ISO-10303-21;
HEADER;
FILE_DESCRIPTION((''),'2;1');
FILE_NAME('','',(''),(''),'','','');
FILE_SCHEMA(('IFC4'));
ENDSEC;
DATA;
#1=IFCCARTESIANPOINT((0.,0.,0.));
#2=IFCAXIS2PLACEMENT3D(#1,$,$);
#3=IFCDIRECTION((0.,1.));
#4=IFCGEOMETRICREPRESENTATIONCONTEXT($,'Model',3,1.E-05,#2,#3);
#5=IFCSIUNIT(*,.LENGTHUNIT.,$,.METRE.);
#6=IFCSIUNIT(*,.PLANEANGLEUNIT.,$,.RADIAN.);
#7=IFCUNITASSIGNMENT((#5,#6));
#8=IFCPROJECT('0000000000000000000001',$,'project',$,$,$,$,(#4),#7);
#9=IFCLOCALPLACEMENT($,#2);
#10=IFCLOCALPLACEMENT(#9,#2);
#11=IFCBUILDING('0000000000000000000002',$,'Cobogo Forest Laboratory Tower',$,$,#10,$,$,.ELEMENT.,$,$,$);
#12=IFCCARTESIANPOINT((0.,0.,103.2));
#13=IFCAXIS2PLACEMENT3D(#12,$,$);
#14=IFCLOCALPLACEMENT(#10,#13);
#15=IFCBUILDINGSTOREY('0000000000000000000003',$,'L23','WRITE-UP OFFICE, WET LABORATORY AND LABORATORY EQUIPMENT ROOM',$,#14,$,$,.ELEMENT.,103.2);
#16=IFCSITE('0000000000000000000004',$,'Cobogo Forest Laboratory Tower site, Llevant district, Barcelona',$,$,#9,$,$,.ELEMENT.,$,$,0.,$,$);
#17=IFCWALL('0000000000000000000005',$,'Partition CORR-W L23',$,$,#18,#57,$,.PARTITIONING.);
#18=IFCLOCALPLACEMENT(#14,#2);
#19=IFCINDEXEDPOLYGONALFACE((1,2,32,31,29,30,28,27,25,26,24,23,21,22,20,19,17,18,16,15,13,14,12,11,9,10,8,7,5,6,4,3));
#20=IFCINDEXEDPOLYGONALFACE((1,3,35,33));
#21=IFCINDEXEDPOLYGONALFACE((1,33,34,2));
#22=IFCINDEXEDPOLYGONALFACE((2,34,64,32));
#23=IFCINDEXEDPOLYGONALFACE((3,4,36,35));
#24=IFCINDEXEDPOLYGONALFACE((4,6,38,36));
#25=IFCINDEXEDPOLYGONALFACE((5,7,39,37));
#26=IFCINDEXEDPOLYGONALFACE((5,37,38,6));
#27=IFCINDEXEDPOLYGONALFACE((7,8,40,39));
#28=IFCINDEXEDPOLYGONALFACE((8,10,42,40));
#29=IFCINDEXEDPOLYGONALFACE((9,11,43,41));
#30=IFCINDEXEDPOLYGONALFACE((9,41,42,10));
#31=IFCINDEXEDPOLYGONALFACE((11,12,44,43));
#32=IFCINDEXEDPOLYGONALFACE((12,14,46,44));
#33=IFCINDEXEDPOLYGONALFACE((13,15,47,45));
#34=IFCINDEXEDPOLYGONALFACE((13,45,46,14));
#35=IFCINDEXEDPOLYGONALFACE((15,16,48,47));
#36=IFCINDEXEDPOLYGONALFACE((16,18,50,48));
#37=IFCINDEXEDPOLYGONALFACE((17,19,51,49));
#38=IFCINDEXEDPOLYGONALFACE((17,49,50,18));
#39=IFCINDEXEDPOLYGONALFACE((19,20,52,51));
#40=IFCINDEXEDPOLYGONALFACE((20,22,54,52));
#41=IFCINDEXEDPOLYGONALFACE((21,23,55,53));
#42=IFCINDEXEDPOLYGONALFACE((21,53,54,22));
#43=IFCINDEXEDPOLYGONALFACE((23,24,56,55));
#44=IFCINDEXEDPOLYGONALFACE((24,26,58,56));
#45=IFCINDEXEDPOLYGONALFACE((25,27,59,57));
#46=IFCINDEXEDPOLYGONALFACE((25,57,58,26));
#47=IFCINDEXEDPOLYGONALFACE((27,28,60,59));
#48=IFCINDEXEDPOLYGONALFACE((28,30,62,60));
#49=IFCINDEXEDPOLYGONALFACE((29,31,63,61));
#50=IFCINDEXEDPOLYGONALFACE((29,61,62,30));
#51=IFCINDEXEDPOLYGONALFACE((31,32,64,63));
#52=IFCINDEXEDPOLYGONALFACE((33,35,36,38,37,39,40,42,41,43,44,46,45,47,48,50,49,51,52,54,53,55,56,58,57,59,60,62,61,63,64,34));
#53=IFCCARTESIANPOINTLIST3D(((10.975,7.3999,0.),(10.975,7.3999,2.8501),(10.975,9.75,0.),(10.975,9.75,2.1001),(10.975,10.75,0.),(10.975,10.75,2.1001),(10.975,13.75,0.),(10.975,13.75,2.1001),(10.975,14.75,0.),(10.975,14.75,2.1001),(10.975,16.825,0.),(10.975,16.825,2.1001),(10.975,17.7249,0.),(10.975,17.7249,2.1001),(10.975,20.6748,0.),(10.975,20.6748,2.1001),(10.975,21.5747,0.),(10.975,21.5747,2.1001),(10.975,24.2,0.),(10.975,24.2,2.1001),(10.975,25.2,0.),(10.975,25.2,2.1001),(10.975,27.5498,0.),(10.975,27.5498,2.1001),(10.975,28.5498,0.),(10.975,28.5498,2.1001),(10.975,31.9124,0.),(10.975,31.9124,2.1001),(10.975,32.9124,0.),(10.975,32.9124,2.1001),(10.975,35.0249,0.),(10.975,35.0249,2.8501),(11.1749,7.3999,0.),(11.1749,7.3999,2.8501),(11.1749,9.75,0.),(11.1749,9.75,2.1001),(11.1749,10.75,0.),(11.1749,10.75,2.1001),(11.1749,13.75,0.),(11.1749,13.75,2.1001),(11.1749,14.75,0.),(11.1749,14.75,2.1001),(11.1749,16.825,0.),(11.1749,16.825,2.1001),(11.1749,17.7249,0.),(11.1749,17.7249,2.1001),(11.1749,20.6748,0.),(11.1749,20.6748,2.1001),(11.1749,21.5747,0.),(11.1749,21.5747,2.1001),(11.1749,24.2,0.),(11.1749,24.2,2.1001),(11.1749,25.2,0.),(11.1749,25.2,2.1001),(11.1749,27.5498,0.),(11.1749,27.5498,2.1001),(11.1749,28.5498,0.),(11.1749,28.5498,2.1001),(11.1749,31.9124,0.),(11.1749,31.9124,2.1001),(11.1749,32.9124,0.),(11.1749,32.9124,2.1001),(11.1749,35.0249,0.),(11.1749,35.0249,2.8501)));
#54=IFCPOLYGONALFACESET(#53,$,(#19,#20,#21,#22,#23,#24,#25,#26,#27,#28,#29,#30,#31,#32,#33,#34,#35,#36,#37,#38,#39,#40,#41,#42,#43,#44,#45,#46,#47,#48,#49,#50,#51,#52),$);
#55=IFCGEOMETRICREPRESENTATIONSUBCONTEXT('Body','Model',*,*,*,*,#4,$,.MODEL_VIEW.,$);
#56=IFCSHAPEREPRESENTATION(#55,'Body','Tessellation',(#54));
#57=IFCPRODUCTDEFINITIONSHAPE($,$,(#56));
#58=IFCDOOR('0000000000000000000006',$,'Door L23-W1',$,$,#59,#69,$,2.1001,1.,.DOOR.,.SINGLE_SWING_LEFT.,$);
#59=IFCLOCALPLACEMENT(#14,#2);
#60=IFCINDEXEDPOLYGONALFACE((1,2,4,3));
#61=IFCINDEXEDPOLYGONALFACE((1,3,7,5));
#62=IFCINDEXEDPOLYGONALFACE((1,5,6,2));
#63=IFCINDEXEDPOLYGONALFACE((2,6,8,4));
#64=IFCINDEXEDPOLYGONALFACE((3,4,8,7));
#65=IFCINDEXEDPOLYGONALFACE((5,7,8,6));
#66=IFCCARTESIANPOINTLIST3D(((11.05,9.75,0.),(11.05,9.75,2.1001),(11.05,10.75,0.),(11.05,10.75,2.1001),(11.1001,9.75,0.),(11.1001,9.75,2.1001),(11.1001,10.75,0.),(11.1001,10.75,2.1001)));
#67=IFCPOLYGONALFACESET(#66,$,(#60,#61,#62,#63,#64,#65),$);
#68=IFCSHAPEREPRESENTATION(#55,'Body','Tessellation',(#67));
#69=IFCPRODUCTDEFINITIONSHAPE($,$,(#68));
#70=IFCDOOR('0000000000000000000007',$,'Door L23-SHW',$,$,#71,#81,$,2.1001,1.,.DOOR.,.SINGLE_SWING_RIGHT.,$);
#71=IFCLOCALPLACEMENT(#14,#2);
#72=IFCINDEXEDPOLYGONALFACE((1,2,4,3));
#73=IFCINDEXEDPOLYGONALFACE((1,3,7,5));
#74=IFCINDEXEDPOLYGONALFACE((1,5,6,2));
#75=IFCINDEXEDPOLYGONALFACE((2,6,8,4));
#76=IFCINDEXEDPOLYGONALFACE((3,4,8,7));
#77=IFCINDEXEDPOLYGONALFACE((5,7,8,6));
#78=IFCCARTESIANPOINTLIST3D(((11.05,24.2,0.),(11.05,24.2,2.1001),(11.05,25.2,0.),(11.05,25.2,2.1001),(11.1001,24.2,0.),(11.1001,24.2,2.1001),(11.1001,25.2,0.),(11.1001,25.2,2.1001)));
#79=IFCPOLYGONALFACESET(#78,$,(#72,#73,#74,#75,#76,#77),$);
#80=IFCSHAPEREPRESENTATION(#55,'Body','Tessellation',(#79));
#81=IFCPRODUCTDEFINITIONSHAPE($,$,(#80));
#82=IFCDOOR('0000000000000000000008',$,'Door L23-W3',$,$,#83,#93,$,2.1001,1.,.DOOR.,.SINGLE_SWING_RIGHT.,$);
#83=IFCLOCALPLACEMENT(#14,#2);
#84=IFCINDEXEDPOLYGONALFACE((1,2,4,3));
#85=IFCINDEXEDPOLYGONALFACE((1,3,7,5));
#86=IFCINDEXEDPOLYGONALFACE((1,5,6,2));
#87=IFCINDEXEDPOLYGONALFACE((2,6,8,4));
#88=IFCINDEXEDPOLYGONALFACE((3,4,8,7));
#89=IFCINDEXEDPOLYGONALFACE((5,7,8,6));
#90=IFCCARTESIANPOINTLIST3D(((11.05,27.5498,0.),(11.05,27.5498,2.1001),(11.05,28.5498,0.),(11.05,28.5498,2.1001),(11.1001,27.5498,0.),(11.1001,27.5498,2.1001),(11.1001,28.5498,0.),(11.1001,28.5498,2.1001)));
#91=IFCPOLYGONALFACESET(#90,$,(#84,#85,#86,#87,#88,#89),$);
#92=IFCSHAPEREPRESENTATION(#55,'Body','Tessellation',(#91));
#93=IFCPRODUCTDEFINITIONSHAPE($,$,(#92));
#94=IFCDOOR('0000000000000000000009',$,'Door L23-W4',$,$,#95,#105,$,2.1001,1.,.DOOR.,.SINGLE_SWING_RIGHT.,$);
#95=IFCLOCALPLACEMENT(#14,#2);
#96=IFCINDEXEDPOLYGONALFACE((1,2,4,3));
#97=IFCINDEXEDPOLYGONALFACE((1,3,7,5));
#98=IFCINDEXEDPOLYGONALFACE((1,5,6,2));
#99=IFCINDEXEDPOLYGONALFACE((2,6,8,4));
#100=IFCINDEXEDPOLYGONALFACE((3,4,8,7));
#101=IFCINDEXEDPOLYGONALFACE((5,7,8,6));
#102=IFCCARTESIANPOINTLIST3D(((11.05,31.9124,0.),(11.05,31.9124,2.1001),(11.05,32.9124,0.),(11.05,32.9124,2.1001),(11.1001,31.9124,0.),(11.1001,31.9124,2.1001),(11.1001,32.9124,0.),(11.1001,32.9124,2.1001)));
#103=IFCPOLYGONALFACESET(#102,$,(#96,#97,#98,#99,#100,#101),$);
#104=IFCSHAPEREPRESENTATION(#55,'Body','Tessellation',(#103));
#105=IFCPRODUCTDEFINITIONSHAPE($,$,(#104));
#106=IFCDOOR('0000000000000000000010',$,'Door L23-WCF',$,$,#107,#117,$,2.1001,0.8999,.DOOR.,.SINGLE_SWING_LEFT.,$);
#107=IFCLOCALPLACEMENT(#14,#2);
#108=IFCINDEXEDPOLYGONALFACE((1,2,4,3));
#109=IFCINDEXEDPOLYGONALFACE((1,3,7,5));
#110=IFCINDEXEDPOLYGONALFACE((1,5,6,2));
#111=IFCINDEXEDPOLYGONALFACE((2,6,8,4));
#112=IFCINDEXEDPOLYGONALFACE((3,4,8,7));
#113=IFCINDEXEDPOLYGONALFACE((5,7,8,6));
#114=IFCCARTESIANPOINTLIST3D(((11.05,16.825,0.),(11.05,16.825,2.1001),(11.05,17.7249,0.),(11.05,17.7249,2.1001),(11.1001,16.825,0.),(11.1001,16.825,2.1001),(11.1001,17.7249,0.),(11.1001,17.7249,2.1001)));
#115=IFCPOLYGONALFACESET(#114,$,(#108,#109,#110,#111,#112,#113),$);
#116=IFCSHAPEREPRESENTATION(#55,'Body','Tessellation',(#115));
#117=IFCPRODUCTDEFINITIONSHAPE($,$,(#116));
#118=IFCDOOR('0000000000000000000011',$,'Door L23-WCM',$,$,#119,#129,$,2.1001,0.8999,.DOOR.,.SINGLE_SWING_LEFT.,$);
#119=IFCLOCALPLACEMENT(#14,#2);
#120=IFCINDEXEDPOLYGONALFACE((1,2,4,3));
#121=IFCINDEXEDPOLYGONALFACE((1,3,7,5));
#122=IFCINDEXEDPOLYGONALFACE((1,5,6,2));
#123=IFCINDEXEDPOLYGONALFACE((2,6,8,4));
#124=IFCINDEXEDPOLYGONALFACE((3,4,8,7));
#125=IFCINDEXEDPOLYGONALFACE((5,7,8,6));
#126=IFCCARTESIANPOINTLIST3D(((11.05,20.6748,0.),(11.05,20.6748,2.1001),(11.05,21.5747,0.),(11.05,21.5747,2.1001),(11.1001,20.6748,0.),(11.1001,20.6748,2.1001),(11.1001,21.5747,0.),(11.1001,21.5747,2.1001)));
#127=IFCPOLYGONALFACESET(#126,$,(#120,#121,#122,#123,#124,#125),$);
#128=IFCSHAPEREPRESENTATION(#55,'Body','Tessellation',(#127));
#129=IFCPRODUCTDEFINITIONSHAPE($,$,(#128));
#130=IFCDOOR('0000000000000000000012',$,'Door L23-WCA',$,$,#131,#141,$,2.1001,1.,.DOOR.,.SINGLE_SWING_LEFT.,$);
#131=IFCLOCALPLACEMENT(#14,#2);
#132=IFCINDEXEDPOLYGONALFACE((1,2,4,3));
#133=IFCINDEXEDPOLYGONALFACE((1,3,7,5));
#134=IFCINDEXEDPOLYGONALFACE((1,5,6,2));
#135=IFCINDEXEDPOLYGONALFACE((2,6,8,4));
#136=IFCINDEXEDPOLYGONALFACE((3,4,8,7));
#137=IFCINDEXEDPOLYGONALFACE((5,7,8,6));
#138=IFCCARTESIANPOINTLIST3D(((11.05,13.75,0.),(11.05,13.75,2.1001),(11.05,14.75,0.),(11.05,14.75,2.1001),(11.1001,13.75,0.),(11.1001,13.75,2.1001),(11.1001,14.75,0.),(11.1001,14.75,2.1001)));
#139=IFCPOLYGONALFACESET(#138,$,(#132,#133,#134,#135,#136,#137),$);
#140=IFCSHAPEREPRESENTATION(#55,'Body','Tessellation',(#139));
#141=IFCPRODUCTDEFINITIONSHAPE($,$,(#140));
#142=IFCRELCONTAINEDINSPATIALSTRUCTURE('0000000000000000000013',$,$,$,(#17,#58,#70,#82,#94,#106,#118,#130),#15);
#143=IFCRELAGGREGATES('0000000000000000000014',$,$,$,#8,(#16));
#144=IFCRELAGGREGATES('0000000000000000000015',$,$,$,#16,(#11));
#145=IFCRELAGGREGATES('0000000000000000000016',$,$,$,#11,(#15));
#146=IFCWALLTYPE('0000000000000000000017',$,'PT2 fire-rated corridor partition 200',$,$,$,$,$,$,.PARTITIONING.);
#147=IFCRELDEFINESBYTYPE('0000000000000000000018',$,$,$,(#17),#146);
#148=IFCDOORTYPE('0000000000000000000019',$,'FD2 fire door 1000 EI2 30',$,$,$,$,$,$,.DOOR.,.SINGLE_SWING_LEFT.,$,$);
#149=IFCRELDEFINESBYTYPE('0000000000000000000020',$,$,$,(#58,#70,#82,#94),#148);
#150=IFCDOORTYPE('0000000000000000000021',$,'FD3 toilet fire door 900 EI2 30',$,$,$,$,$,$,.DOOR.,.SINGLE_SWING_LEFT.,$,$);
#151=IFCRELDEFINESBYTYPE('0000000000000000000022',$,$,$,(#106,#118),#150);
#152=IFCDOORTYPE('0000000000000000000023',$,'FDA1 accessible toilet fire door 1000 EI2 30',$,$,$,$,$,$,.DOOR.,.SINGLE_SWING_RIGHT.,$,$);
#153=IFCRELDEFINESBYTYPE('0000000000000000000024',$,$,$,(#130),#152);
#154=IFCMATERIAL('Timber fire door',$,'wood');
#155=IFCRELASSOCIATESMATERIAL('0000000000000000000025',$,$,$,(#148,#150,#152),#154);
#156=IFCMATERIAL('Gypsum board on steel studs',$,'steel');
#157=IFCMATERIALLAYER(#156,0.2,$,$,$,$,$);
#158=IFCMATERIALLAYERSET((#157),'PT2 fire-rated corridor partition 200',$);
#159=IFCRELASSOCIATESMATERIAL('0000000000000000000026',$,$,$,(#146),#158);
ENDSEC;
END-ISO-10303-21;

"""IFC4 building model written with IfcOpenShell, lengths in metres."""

from ifc_helpers import new_model, si_unit, direction, frame, frame_2d, origin, place, context, subcontext, project, spatial, rectangle, extrude, material, layer, layer_set, type_object, element, fill, save


model = new_model("IFC4")

# Units and contexts
model_context = context("Model", 3, precision=1e-05, world=origin(), true_north=direction((0.0, 1.0)))
body_context = subcontext(model_context, "Body", "Model", "MODEL_VIEW")
ifc_project = project(units=[si_unit("LENGTHUNIT", "METRE"), si_unit("PLANEANGLEUNIT", "RADIAN")], contexts=[model_context])

# Site, building, storey
site_placement = place(None, origin())
site = spatial("IfcSite", under=ifc_project, at=site_placement, Name="Cobogo Forest Laboratory Tower site, Llevant district, Barcelona", CompositionType="ELEMENT", RefElevation=0.0)
building_placement = place(site_placement, origin())
building = spatial("IfcBuilding", under=site, at=building_placement, Name="Cobogo Forest Laboratory Tower", CompositionType="ELEMENT")
storey_placement = place(building_placement, frame((0.0, 0.0, 103.2)))
storey = spatial("IfcBuildingStorey", under=building, at=storey_placement, Name="L23", Description="WRITE-UP OFFICE, WET LABORATORY AND LABORATORY EQUIPMENT ROOM", CompositionType="ELEMENT", Elevation=103.2)

# Shared definitions
ifc_material_1 = material(Name="Gypsum board on steel studs", Category="steel")
ifc_material_2 = material(Name="Timber fire door", Category="wood")
door_type_1 = type_object("IfcDoorType", Name="FD2 fire door 1000 EI2 30", OperationType="SINGLE_SWING_LEFT", PredefinedType="DOOR", material=ifc_material_2)

# Wall, openings, doors
ifc_layer_1 = layer(ifc_material_1, 0.2)
ifc_layer_set_1 = layer_set([ifc_layer_1], Name="PT2 fire-rated corridor partition 200")
wall_type_1 = type_object("IfcWallType", Name="PT2 fire-rated corridor partition 200", PredefinedType="PARTITIONING", material=ifc_layer_set_1)
wall_1_placement = place(storey_placement, frame((11.075, 7.3999, 0.0), z_axis=(0.0, 0.0, 1.0), x_axis=(0.0, 1.0, 0.0)))
wall_1 = element("IfcWall", 1, at=wall_1_placement, inside=storey, type_object=wall_type_1, Name="Partition CORR-W L23", PredefinedType="PARTITIONING", context=body_context, shape_type="SweptSolid", body=[
    extrude(rectangle(XDim=27.625, YDim=0.2, at=frame_2d((13.8125, 0.0))), origin(), (0.0, 0.0, 1.0), 2.8501),
])
opening_1_placement = place(wall_1_placement, frame((2.3501, 0.0, 0.0)))
opening_1 = element("IfcOpeningElement", 2, at=opening_1_placement, cuts=wall_1, PredefinedType="OPENING", context=body_context, shape_type="SweptSolid", body=[
    extrude(rectangle(XDim=1.0, YDim=2.1001, at=frame_2d((0.5, 1.05))), frame((0.0, 0.1099, 0.0), z_axis=(0.0, -1.0, 0.0), x_axis=(1.0, 0.0, 0.0)), (0.0, 0.0, 1.0), 0.22),
])
opening_2_placement = place(wall_1_placement, frame((6.3501, 0.0, 0.0)))
opening_2 = element("IfcOpeningElement", 3, at=opening_2_placement, cuts=wall_1, PredefinedType="OPENING", context=body_context, shape_type="SweptSolid", body=[
    extrude(rectangle(XDim=1.0, YDim=2.1001, at=frame_2d((0.5, 1.05))), frame((0.0, 0.1099, 0.0), z_axis=(0.0, -1.0, 0.0), x_axis=(1.0, 0.0, 0.0)), (0.0, 0.0, 1.0), 0.22),
])
opening_3_placement = place(wall_1_placement, frame((9.425, 0.0, 0.0)))
opening_3 = element("IfcOpeningElement", 4, at=opening_3_placement, cuts=wall_1, PredefinedType="OPENING", context=body_context, shape_type="SweptSolid", body=[
    extrude(rectangle(XDim=0.8999, YDim=2.1001, at=frame_2d((0.45, 1.05))), frame((0.0, 0.1099, 0.0), z_axis=(0.0, -1.0, 0.0), x_axis=(1.0, 0.0, 0.0)), (0.0, 0.0, 1.0), 0.22),
])
opening_4_placement = place(wall_1_placement, frame((13.2749, 0.0, 0.0)))
opening_4 = element("IfcOpeningElement", 5, at=opening_4_placement, cuts=wall_1, PredefinedType="OPENING", context=body_context, shape_type="SweptSolid", body=[
    extrude(rectangle(XDim=0.8999, YDim=2.1001, at=frame_2d((0.45, 1.05))), frame((0.0, 0.1099, 0.0), z_axis=(0.0, -1.0, 0.0), x_axis=(1.0, 0.0, 0.0)), (0.0, 0.0, 1.0), 0.22),
])
opening_5_placement = place(wall_1_placement, frame((16.8, 0.0, 0.0)))
opening_5 = element("IfcOpeningElement", 6, at=opening_5_placement, cuts=wall_1, PredefinedType="OPENING", context=body_context, shape_type="SweptSolid", body=[
    extrude(rectangle(XDim=1.0, YDim=2.1001, at=frame_2d((0.5, 1.05))), frame((0.0, 0.1099, 0.0), z_axis=(0.0, -1.0, 0.0), x_axis=(1.0, 0.0, 0.0)), (0.0, 0.0, 1.0), 0.22),
])
opening_6_placement = place(wall_1_placement, frame((20.1499, 0.0, 0.0)))
opening_6 = element("IfcOpeningElement", 7, at=opening_6_placement, cuts=wall_1, PredefinedType="OPENING", context=body_context, shape_type="SweptSolid", body=[
    extrude(rectangle(XDim=1.0, YDim=2.1001, at=frame_2d((0.5, 1.05))), frame((0.0, 0.1099, 0.0), z_axis=(0.0, -1.0, 0.0), x_axis=(1.0, 0.0, 0.0)), (0.0, 0.0, 1.0), 0.22),
])
opening_7_placement = place(wall_1_placement, frame((24.5125, 0.0, 0.0)))
opening_7 = element("IfcOpeningElement", 8, at=opening_7_placement, cuts=wall_1, PredefinedType="OPENING", context=body_context, shape_type="SweptSolid", body=[
    extrude(rectangle(XDim=1.0, YDim=2.1001, at=frame_2d((0.5, 1.05))), frame((0.0, 0.1099, 0.0), z_axis=(0.0, -1.0, 0.0), x_axis=(1.0, 0.0, 0.0)), (0.0, 0.0, 1.0), 0.22),
])
door_1_placement = place(opening_1_placement, origin())
door_1 = element("IfcDoor", 9, at=door_1_placement, inside=storey, type_object=door_type_1, Name="Door L23-W1", OperationType="SINGLE_SWING_LEFT", OverallHeight=2.1001, OverallWidth=1.0, PredefinedType="DOOR", context=body_context, shape_type="SweptSolid", body=[
    extrude(rectangle(XDim=1.0, YDim=2.1001, at=frame_2d((0.5, 1.05))), frame((0.0, 0.0249, 0.0), z_axis=(0.0, -1.0, 0.0), x_axis=(1.0, 0.0, 0.0)), (0.0, 0.0, 1.0), 0.05),
])
fill(opening_1, door_1)
door_2_placement = place(opening_5_placement, origin())
door_2 = element("IfcDoor", 10, at=door_2_placement, inside=storey, type_object=door_type_1, Name="Door L23-SHW", OperationType="SINGLE_SWING_RIGHT", OverallHeight=2.1001, OverallWidth=1.0, PredefinedType="DOOR", context=body_context, shape_type="SweptSolid", body=[
    extrude(rectangle(XDim=1.0, YDim=2.1001, at=frame_2d((0.5, 1.05))), frame((0.0, 0.0249, 0.0), z_axis=(0.0, -1.0, 0.0), x_axis=(1.0, 0.0, 0.0)), (0.0, 0.0, 1.0), 0.05),
])
fill(opening_5, door_2)
door_3_placement = place(opening_6_placement, origin())
door_3 = element("IfcDoor", 11, at=door_3_placement, inside=storey, type_object=door_type_1, Name="Door L23-W3", OperationType="SINGLE_SWING_RIGHT", OverallHeight=2.1001, OverallWidth=1.0, PredefinedType="DOOR", context=body_context, shape_type="SweptSolid", body=[
    extrude(rectangle(XDim=1.0, YDim=2.1001, at=frame_2d((0.5, 1.05))), frame((0.0, 0.0249, 0.0), z_axis=(0.0, -1.0, 0.0), x_axis=(1.0, 0.0, 0.0)), (0.0, 0.0, 1.0), 0.05),
])
fill(opening_6, door_3)
door_4_placement = place(opening_7_placement, origin())
door_4 = element("IfcDoor", 12, at=door_4_placement, inside=storey, type_object=door_type_1, Name="Door L23-W4", OperationType="SINGLE_SWING_RIGHT", OverallHeight=2.1001, OverallWidth=1.0, PredefinedType="DOOR", context=body_context, shape_type="SweptSolid", body=[
    extrude(rectangle(XDim=1.0, YDim=2.1001, at=frame_2d((0.5, 1.05))), frame((0.0, 0.0249, 0.0), z_axis=(0.0, -1.0, 0.0), x_axis=(1.0, 0.0, 0.0)), (0.0, 0.0, 1.0), 0.05),
])
fill(opening_7, door_4)
door_type_2 = type_object("IfcDoorType", Name="FD3 toilet fire door 900 EI2 30", OperationType="SINGLE_SWING_LEFT", PredefinedType="DOOR", material=ifc_material_2)
door_5_placement = place(opening_3_placement, origin())
door_5 = element("IfcDoor", 13, at=door_5_placement, inside=storey, type_object=door_type_2, Name="Door L23-WCF", OperationType="SINGLE_SWING_LEFT", OverallHeight=2.1001, OverallWidth=0.8999, PredefinedType="DOOR", context=body_context, shape_type="SweptSolid", body=[
    extrude(rectangle(XDim=0.8999, YDim=2.1001, at=frame_2d((0.45, 1.05))), frame((0.0, 0.0249, 0.0), z_axis=(0.0, -1.0, 0.0), x_axis=(1.0, 0.0, 0.0)), (0.0, 0.0, 1.0), 0.05),
])
fill(opening_3, door_5)
door_6_placement = place(opening_4_placement, origin())
door_6 = element("IfcDoor", 14, at=door_6_placement, inside=storey, type_object=door_type_2, Name="Door L23-WCM", OperationType="SINGLE_SWING_LEFT", OverallHeight=2.1001, OverallWidth=0.8999, PredefinedType="DOOR", context=body_context, shape_type="SweptSolid", body=[
    extrude(rectangle(XDim=0.8999, YDim=2.1001, at=frame_2d((0.45, 1.05))), frame((0.0, 0.0249, 0.0), z_axis=(0.0, -1.0, 0.0), x_axis=(1.0, 0.0, 0.0)), (0.0, 0.0, 1.0), 0.05),
])
fill(opening_4, door_6)
door_type_3 = type_object("IfcDoorType", Name="FDA1 accessible toilet fire door 1000 EI2 30", OperationType="SINGLE_SWING_RIGHT", PredefinedType="DOOR", material=ifc_material_2)
door_7_placement = place(opening_2_placement, origin())
door_7 = element("IfcDoor", 15, at=door_7_placement, inside=storey, type_object=door_type_3, Name="Door L23-WCA", OperationType="SINGLE_SWING_LEFT", OverallHeight=2.1001, OverallWidth=1.0, PredefinedType="DOOR", context=body_context, shape_type="SweptSolid", body=[
    extrude(rectangle(XDim=1.0, YDim=2.1001, at=frame_2d((0.5, 1.05))), frame((0.0, 0.0249, 0.0), z_axis=(0.0, -1.0, 0.0), x_axis=(1.0, 0.0, 0.0)), (0.0, 0.0, 1.0), 0.05),
])
fill(opening_2, door_7)

save(model, "model.ifc")
